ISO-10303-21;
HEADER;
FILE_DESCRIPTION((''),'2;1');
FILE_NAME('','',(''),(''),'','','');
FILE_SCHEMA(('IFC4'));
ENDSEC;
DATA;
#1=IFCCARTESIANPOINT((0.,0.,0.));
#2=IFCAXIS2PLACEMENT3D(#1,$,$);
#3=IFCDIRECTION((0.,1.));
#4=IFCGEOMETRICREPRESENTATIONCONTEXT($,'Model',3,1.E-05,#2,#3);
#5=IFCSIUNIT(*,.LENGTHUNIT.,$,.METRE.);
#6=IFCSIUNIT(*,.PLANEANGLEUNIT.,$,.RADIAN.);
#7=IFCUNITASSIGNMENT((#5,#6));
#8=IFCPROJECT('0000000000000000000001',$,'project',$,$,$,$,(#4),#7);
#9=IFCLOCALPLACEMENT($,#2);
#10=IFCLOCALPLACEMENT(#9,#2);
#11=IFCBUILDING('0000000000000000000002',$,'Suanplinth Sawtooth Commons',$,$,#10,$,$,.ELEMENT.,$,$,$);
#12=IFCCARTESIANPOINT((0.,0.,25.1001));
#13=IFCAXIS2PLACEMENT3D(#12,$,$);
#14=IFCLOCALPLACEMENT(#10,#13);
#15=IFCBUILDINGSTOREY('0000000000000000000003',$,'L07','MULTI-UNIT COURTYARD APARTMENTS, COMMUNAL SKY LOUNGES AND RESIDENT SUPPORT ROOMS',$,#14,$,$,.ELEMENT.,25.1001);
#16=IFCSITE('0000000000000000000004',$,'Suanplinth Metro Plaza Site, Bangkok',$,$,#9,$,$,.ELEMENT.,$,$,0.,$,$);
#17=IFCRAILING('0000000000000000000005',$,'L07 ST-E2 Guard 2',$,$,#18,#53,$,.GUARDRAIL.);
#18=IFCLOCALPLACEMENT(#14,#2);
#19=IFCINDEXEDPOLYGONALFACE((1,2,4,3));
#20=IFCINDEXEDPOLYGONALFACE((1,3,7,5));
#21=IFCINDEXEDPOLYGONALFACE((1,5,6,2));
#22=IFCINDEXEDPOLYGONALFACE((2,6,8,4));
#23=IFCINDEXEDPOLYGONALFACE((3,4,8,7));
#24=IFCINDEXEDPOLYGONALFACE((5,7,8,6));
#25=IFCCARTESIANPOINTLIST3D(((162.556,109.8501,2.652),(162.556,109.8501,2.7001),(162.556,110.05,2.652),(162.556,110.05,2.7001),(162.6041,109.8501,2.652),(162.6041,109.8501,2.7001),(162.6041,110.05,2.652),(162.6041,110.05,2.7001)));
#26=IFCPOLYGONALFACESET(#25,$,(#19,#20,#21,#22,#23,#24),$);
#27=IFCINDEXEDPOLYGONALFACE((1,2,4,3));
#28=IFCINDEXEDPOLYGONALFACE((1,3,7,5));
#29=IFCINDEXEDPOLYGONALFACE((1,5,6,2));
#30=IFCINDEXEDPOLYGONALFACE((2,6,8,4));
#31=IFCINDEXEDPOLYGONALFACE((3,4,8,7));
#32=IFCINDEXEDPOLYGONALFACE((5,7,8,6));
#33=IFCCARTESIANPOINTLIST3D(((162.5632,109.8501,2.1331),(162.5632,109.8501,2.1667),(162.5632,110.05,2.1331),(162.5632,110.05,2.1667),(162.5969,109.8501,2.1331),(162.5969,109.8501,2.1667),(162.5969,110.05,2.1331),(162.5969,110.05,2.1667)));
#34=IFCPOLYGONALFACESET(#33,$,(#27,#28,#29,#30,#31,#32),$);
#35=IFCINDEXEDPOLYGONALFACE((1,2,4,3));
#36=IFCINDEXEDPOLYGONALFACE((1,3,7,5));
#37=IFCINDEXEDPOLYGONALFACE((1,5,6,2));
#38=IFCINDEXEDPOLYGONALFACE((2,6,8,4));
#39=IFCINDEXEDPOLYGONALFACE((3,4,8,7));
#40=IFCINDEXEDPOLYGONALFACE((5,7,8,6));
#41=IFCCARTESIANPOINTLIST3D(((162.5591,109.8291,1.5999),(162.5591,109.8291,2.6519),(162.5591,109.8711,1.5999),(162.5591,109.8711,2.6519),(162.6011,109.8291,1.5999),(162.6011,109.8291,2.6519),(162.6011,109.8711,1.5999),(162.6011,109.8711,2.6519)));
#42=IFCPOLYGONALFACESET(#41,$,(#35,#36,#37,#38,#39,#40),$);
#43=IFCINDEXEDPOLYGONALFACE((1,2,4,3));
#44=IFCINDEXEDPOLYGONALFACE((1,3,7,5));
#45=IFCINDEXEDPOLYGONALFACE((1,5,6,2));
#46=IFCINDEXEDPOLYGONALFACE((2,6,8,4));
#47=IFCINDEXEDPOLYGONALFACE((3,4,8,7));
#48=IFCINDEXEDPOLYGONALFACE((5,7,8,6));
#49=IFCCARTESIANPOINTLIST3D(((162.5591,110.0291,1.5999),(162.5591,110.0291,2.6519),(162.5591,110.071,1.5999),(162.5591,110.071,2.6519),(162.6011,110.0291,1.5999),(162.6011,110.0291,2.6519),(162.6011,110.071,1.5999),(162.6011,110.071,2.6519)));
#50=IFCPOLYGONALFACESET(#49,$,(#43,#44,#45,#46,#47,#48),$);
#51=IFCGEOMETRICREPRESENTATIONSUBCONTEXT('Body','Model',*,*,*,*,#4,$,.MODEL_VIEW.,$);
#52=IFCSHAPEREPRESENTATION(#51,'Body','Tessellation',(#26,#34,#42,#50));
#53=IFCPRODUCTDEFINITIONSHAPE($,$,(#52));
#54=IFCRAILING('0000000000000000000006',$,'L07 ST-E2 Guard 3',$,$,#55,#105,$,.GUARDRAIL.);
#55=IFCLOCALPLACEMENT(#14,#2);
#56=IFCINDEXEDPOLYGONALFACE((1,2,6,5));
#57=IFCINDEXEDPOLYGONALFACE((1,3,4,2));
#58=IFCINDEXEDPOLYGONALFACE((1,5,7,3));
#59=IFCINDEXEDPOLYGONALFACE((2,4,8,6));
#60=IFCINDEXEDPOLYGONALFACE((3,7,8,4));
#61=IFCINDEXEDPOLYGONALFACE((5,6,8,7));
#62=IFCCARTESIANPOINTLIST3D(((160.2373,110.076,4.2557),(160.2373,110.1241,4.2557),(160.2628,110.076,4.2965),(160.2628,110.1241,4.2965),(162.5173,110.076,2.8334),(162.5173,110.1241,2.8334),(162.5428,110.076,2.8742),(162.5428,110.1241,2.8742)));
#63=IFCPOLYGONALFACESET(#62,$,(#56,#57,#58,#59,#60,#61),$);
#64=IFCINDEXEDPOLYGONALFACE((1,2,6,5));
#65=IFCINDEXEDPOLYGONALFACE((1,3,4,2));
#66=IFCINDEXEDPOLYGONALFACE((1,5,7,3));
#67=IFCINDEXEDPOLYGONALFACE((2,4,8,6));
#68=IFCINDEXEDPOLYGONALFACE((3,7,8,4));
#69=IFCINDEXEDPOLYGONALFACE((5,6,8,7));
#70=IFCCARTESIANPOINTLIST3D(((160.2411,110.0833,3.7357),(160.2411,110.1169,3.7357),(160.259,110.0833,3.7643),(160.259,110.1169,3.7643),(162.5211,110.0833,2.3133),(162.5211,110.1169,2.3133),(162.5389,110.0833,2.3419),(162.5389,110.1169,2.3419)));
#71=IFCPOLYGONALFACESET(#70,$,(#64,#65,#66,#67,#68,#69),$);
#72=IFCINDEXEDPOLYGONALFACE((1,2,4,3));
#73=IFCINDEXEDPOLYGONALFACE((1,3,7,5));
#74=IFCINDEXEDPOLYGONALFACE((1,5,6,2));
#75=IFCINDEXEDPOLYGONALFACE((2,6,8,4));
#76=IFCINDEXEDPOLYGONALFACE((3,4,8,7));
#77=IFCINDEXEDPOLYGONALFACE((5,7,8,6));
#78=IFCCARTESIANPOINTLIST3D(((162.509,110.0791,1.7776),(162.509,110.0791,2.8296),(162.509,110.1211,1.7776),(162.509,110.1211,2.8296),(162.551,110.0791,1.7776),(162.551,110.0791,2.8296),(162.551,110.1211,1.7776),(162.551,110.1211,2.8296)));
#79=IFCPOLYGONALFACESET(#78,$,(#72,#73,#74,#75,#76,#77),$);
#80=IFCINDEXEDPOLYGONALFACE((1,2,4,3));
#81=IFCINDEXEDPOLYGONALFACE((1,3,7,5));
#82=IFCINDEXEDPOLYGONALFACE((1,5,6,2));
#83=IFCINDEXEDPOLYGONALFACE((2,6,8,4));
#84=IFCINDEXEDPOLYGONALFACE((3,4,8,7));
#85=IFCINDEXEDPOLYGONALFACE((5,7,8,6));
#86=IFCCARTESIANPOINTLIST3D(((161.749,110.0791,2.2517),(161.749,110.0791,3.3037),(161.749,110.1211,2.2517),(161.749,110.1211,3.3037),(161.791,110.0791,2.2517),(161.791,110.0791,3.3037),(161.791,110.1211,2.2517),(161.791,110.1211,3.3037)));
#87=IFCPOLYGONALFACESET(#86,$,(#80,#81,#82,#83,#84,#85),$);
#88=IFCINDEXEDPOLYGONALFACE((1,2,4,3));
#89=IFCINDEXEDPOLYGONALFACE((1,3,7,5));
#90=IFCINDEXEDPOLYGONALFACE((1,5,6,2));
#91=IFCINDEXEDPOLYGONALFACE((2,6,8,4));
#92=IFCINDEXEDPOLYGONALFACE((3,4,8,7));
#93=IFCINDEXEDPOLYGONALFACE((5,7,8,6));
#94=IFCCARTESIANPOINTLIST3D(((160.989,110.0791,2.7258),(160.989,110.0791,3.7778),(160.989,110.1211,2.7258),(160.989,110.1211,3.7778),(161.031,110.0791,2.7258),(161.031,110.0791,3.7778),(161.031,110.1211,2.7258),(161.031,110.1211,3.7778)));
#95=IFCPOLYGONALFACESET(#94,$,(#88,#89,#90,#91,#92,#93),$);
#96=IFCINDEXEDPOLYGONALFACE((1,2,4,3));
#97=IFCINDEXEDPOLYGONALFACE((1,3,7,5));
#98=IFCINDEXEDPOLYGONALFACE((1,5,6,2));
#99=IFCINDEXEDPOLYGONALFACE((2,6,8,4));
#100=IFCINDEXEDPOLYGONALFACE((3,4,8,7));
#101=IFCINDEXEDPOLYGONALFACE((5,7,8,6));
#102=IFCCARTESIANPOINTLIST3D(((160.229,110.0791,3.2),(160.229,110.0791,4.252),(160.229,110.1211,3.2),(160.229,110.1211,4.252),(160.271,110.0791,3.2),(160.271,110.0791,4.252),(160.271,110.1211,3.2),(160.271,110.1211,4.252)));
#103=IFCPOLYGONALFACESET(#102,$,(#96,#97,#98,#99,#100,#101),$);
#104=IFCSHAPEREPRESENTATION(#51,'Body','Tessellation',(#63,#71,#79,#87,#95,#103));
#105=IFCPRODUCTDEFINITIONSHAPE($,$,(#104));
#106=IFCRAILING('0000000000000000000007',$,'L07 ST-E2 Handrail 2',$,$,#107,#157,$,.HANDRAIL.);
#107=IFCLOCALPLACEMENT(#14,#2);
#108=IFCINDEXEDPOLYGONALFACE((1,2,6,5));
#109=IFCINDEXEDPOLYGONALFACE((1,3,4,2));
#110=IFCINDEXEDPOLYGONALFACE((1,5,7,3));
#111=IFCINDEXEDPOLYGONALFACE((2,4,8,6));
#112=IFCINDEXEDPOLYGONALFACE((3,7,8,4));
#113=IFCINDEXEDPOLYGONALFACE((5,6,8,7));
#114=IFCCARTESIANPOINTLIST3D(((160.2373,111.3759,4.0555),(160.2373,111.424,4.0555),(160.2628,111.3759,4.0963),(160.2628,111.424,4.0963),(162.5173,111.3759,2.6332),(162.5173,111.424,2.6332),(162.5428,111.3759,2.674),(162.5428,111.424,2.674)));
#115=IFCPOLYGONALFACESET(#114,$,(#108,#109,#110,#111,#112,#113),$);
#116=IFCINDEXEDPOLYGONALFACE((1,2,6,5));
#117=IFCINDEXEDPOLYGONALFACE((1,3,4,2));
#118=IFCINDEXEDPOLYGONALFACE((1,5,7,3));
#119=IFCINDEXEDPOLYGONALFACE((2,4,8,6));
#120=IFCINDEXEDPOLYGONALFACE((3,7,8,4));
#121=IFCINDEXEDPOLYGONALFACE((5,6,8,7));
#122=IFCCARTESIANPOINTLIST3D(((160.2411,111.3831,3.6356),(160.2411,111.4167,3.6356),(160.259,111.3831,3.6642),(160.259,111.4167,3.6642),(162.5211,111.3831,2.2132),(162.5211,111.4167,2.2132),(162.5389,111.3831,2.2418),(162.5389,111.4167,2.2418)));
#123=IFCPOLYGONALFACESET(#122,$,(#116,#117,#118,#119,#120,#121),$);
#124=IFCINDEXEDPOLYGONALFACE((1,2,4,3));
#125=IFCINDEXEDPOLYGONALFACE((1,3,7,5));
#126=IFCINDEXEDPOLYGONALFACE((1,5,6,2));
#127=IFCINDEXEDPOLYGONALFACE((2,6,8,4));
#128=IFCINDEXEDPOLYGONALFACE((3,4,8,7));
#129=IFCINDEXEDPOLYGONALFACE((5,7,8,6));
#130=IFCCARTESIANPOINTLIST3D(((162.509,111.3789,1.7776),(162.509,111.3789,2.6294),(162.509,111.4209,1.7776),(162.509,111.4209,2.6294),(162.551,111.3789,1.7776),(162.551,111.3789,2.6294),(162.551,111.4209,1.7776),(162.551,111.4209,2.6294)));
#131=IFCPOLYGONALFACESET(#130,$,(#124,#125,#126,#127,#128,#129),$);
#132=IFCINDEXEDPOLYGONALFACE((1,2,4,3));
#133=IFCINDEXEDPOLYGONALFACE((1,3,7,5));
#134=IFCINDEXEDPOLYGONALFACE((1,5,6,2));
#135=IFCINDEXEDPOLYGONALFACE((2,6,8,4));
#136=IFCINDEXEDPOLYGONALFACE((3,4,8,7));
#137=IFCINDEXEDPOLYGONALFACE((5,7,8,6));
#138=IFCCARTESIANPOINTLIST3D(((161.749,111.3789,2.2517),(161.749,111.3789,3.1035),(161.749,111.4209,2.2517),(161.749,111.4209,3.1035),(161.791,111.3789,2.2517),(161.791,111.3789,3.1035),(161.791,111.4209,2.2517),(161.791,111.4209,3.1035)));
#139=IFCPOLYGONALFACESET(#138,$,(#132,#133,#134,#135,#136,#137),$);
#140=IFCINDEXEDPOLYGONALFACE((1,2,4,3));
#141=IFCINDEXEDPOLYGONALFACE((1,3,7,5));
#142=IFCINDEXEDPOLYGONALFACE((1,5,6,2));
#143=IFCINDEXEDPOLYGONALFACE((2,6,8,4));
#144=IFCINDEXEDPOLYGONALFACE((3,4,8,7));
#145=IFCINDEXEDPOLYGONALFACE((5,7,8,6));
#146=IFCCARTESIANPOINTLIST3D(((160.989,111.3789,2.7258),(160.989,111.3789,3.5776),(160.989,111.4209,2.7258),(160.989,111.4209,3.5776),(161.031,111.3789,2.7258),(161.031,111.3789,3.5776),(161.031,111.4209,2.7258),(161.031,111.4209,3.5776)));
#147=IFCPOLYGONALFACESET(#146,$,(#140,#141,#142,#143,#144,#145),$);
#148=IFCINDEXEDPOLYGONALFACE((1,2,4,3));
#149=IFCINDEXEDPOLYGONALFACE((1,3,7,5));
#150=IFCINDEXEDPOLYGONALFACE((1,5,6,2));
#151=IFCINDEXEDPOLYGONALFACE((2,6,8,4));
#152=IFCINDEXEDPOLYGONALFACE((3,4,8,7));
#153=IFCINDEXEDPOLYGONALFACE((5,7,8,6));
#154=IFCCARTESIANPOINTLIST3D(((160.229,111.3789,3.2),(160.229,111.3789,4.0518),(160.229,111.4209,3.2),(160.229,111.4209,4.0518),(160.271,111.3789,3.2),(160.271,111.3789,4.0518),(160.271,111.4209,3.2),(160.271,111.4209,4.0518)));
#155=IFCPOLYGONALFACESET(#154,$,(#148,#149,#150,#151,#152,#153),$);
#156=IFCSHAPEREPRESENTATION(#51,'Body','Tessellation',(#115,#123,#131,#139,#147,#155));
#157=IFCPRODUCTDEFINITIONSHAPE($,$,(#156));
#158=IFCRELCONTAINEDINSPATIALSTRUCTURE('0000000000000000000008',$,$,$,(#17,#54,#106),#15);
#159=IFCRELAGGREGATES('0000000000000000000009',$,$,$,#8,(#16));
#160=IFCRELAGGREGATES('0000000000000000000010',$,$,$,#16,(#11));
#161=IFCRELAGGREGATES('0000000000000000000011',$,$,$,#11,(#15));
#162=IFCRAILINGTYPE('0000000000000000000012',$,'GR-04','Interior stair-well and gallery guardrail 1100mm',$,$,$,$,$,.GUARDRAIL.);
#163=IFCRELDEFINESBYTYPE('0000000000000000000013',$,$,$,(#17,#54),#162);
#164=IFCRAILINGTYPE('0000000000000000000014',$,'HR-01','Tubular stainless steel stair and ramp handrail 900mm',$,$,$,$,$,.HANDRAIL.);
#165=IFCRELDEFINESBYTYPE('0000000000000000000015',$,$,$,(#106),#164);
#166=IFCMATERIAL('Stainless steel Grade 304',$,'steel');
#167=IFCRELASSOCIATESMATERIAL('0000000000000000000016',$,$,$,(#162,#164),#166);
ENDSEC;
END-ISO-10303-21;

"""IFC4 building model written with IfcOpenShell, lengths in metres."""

from ifc_helpers import new_model, si_unit, direction, frame, origin, origin_2d, place, context, subcontext, project, spatial, rectangle, extrude, material, type_object, element, save


model = new_model("IFC4")

# Units and contexts
model_context = context("Model", 3, precision=1e-05, world=origin(), true_north=direction((0.0, 1.0)))
body_context = subcontext(model_context, "Body", "Model", "MODEL_VIEW")
ifc_project = project(units=[si_unit("LENGTHUNIT", "METRE"), si_unit("PLANEANGLEUNIT", "RADIAN")], contexts=[model_context])

# Site, building, storey
site_placement = place(None, origin())
site = spatial("IfcSite", under=ifc_project, at=site_placement, Name="Suanplinth Metro Plaza Site, Bangkok", CompositionType="ELEMENT", RefElevation=0.0)
building_placement = place(site_placement, origin())
building = spatial("IfcBuilding", under=site, at=building_placement, Name="Suanplinth Sawtooth Commons", CompositionType="ELEMENT")
storey_placement = place(building_placement, frame((0.0, 0.0, 25.1001)))
storey = spatial("IfcBuildingStorey", under=building, at=storey_placement, Name="L07", Description="MULTI-UNIT COURTYARD APARTMENTS, COMMUNAL SKY LOUNGES AND RESIDENT SUPPORT ROOMS", CompositionType="ELEMENT", Elevation=25.1001)

# Shared definitions
ifc_material_1 = material(Name="Stainless steel Grade 304", Category="steel")

# Railings
railing_type_1 = type_object("IfcRailingType", Name="GR-04", Description="Interior stair-well and gallery guardrail 1100mm", PredefinedType="GUARDRAIL", material=ifc_material_1)
railing_1_placement = place(storey_placement, frame((162.5801, 109.8501, 1.5999)))
element("IfcRailing", 1, at=railing_1_placement, inside=storey, type_object=railing_type_1, Name="L07 ST-E2 Guard 2", PredefinedType="GUARDRAIL", context=body_context, shape_type="SweptSolid", body=[
    extrude(rectangle(XDim=0.0481, YDim=0.0481, at=origin_2d()), frame((0.0, 0.0, 1.0762), z_axis=(0.0, 1.0, 0.0), x_axis=(-1.0, 0.0, 0.0)), (0.0, 0.0, 1.0), 0.2),
    extrude(rectangle(XDim=0.0337, YDim=0.0337, at=origin_2d()), frame((0.0, 0.0, 0.55), z_axis=(0.0, 1.0, 0.0), x_axis=(-1.0, 0.0, 0.0)), (0.0, 0.0, 1.0), 0.2),
    extrude(rectangle(XDim=0.042, YDim=0.042, at=origin_2d()), origin(), (0.0, 0.0, 1.0), 1.052),
    extrude(rectangle(XDim=0.042, YDim=0.042, at=origin_2d()), frame((0.0, 0.2, 0.0)), (0.0, 0.0, 1.0), 1.052),
])
railing_2_placement = place(storey_placement, frame((162.53, 110.1001, 1.7776)))
element("IfcRailing", 2, at=railing_2_placement, inside=storey, type_object=railing_type_1, Name="L07 ST-E2 Guard 3", PredefinedType="GUARDRAIL", context=body_context, shape_type="SweptSolid", body=[
    extrude(rectangle(XDim=0.0481, YDim=0.0481, at=origin_2d()), frame((0.0, 0.0, 1.0762), z_axis=(-0.848442, 0.0, 0.529288), x_axis=(0.0, -1.0, 0.0)), (0.0, 0.0, 1.0), 2.6873),
    extrude(rectangle(XDim=0.0337, YDim=0.0337, at=origin_2d()), frame((0.0, 0.0, 0.55), z_axis=(-0.848442, 0.0, 0.529288), x_axis=(0.0, -1.0, 0.0)), (0.0, 0.0, 1.0), 2.6873),
    extrude(rectangle(XDim=0.042, YDim=0.042, at=origin_2d()), origin(), (0.0, 0.0, 1.0), 1.052),
    extrude(rectangle(XDim=0.042, YDim=0.042, at=origin_2d()), frame((-0.76, 0.0, 0.4741)), (0.0, 0.0, 1.0), 1.052),
    extrude(rectangle(XDim=0.042, YDim=0.042, at=origin_2d()), frame((-1.52, 0.0, 0.9482)), (0.0, 0.0, 1.0), 1.052),
    extrude(rectangle(XDim=0.042, YDim=0.042, at=origin_2d()), frame((-2.28, 0.0, 1.4224)), (0.0, 0.0, 1.0), 1.052),
])
railing_type_2 = type_object("IfcRailingType", Name="HR-01", Description="Tubular stainless steel stair and ramp handrail 900mm", PredefinedType="HANDRAIL", material=ifc_material_1)
railing_3_placement = place(storey_placement, frame((162.53, 111.3999, 1.7776)))
element("IfcRailing", 3, at=railing_3_placement, inside=storey, type_object=railing_type_2, Name="L07 ST-E2 Handrail 2", PredefinedType="HANDRAIL", context=body_context, shape_type="SweptSolid", body=[
    extrude(rectangle(XDim=0.0481, YDim=0.0481, at=origin_2d()), frame((0.0, 0.0, 0.876), z_axis=(-0.848442, 0.0, 0.529288), x_axis=(0.0, -1.0, 0.0)), (0.0, 0.0, 1.0), 2.6873),
    extrude(rectangle(XDim=0.0337, YDim=0.0337, at=origin_2d()), frame((0.0, 0.0, 0.45), z_axis=(-0.848442, 0.0, 0.529288), x_axis=(0.0, -1.0, 0.0)), (0.0, 0.0, 1.0), 2.6873),
    extrude(rectangle(XDim=0.042, YDim=0.042, at=origin_2d()), origin(), (0.0, 0.0, 1.0), 0.8518),
    extrude(rectangle(XDim=0.042, YDim=0.042, at=origin_2d()), frame((-0.76, 0.0, 0.4741)), (0.0, 0.0, 1.0), 0.8518),
    extrude(rectangle(XDim=0.042, YDim=0.042, at=origin_2d()), frame((-1.52, 0.0, 0.9482)), (0.0, 0.0, 1.0), 0.8518),
    extrude(rectangle(XDim=0.042, YDim=0.042, at=origin_2d()), frame((-2.28, 0.0, 1.4224)), (0.0, 0.0, 1.0), 0.8518),
])

save(model, "model.ifc")
